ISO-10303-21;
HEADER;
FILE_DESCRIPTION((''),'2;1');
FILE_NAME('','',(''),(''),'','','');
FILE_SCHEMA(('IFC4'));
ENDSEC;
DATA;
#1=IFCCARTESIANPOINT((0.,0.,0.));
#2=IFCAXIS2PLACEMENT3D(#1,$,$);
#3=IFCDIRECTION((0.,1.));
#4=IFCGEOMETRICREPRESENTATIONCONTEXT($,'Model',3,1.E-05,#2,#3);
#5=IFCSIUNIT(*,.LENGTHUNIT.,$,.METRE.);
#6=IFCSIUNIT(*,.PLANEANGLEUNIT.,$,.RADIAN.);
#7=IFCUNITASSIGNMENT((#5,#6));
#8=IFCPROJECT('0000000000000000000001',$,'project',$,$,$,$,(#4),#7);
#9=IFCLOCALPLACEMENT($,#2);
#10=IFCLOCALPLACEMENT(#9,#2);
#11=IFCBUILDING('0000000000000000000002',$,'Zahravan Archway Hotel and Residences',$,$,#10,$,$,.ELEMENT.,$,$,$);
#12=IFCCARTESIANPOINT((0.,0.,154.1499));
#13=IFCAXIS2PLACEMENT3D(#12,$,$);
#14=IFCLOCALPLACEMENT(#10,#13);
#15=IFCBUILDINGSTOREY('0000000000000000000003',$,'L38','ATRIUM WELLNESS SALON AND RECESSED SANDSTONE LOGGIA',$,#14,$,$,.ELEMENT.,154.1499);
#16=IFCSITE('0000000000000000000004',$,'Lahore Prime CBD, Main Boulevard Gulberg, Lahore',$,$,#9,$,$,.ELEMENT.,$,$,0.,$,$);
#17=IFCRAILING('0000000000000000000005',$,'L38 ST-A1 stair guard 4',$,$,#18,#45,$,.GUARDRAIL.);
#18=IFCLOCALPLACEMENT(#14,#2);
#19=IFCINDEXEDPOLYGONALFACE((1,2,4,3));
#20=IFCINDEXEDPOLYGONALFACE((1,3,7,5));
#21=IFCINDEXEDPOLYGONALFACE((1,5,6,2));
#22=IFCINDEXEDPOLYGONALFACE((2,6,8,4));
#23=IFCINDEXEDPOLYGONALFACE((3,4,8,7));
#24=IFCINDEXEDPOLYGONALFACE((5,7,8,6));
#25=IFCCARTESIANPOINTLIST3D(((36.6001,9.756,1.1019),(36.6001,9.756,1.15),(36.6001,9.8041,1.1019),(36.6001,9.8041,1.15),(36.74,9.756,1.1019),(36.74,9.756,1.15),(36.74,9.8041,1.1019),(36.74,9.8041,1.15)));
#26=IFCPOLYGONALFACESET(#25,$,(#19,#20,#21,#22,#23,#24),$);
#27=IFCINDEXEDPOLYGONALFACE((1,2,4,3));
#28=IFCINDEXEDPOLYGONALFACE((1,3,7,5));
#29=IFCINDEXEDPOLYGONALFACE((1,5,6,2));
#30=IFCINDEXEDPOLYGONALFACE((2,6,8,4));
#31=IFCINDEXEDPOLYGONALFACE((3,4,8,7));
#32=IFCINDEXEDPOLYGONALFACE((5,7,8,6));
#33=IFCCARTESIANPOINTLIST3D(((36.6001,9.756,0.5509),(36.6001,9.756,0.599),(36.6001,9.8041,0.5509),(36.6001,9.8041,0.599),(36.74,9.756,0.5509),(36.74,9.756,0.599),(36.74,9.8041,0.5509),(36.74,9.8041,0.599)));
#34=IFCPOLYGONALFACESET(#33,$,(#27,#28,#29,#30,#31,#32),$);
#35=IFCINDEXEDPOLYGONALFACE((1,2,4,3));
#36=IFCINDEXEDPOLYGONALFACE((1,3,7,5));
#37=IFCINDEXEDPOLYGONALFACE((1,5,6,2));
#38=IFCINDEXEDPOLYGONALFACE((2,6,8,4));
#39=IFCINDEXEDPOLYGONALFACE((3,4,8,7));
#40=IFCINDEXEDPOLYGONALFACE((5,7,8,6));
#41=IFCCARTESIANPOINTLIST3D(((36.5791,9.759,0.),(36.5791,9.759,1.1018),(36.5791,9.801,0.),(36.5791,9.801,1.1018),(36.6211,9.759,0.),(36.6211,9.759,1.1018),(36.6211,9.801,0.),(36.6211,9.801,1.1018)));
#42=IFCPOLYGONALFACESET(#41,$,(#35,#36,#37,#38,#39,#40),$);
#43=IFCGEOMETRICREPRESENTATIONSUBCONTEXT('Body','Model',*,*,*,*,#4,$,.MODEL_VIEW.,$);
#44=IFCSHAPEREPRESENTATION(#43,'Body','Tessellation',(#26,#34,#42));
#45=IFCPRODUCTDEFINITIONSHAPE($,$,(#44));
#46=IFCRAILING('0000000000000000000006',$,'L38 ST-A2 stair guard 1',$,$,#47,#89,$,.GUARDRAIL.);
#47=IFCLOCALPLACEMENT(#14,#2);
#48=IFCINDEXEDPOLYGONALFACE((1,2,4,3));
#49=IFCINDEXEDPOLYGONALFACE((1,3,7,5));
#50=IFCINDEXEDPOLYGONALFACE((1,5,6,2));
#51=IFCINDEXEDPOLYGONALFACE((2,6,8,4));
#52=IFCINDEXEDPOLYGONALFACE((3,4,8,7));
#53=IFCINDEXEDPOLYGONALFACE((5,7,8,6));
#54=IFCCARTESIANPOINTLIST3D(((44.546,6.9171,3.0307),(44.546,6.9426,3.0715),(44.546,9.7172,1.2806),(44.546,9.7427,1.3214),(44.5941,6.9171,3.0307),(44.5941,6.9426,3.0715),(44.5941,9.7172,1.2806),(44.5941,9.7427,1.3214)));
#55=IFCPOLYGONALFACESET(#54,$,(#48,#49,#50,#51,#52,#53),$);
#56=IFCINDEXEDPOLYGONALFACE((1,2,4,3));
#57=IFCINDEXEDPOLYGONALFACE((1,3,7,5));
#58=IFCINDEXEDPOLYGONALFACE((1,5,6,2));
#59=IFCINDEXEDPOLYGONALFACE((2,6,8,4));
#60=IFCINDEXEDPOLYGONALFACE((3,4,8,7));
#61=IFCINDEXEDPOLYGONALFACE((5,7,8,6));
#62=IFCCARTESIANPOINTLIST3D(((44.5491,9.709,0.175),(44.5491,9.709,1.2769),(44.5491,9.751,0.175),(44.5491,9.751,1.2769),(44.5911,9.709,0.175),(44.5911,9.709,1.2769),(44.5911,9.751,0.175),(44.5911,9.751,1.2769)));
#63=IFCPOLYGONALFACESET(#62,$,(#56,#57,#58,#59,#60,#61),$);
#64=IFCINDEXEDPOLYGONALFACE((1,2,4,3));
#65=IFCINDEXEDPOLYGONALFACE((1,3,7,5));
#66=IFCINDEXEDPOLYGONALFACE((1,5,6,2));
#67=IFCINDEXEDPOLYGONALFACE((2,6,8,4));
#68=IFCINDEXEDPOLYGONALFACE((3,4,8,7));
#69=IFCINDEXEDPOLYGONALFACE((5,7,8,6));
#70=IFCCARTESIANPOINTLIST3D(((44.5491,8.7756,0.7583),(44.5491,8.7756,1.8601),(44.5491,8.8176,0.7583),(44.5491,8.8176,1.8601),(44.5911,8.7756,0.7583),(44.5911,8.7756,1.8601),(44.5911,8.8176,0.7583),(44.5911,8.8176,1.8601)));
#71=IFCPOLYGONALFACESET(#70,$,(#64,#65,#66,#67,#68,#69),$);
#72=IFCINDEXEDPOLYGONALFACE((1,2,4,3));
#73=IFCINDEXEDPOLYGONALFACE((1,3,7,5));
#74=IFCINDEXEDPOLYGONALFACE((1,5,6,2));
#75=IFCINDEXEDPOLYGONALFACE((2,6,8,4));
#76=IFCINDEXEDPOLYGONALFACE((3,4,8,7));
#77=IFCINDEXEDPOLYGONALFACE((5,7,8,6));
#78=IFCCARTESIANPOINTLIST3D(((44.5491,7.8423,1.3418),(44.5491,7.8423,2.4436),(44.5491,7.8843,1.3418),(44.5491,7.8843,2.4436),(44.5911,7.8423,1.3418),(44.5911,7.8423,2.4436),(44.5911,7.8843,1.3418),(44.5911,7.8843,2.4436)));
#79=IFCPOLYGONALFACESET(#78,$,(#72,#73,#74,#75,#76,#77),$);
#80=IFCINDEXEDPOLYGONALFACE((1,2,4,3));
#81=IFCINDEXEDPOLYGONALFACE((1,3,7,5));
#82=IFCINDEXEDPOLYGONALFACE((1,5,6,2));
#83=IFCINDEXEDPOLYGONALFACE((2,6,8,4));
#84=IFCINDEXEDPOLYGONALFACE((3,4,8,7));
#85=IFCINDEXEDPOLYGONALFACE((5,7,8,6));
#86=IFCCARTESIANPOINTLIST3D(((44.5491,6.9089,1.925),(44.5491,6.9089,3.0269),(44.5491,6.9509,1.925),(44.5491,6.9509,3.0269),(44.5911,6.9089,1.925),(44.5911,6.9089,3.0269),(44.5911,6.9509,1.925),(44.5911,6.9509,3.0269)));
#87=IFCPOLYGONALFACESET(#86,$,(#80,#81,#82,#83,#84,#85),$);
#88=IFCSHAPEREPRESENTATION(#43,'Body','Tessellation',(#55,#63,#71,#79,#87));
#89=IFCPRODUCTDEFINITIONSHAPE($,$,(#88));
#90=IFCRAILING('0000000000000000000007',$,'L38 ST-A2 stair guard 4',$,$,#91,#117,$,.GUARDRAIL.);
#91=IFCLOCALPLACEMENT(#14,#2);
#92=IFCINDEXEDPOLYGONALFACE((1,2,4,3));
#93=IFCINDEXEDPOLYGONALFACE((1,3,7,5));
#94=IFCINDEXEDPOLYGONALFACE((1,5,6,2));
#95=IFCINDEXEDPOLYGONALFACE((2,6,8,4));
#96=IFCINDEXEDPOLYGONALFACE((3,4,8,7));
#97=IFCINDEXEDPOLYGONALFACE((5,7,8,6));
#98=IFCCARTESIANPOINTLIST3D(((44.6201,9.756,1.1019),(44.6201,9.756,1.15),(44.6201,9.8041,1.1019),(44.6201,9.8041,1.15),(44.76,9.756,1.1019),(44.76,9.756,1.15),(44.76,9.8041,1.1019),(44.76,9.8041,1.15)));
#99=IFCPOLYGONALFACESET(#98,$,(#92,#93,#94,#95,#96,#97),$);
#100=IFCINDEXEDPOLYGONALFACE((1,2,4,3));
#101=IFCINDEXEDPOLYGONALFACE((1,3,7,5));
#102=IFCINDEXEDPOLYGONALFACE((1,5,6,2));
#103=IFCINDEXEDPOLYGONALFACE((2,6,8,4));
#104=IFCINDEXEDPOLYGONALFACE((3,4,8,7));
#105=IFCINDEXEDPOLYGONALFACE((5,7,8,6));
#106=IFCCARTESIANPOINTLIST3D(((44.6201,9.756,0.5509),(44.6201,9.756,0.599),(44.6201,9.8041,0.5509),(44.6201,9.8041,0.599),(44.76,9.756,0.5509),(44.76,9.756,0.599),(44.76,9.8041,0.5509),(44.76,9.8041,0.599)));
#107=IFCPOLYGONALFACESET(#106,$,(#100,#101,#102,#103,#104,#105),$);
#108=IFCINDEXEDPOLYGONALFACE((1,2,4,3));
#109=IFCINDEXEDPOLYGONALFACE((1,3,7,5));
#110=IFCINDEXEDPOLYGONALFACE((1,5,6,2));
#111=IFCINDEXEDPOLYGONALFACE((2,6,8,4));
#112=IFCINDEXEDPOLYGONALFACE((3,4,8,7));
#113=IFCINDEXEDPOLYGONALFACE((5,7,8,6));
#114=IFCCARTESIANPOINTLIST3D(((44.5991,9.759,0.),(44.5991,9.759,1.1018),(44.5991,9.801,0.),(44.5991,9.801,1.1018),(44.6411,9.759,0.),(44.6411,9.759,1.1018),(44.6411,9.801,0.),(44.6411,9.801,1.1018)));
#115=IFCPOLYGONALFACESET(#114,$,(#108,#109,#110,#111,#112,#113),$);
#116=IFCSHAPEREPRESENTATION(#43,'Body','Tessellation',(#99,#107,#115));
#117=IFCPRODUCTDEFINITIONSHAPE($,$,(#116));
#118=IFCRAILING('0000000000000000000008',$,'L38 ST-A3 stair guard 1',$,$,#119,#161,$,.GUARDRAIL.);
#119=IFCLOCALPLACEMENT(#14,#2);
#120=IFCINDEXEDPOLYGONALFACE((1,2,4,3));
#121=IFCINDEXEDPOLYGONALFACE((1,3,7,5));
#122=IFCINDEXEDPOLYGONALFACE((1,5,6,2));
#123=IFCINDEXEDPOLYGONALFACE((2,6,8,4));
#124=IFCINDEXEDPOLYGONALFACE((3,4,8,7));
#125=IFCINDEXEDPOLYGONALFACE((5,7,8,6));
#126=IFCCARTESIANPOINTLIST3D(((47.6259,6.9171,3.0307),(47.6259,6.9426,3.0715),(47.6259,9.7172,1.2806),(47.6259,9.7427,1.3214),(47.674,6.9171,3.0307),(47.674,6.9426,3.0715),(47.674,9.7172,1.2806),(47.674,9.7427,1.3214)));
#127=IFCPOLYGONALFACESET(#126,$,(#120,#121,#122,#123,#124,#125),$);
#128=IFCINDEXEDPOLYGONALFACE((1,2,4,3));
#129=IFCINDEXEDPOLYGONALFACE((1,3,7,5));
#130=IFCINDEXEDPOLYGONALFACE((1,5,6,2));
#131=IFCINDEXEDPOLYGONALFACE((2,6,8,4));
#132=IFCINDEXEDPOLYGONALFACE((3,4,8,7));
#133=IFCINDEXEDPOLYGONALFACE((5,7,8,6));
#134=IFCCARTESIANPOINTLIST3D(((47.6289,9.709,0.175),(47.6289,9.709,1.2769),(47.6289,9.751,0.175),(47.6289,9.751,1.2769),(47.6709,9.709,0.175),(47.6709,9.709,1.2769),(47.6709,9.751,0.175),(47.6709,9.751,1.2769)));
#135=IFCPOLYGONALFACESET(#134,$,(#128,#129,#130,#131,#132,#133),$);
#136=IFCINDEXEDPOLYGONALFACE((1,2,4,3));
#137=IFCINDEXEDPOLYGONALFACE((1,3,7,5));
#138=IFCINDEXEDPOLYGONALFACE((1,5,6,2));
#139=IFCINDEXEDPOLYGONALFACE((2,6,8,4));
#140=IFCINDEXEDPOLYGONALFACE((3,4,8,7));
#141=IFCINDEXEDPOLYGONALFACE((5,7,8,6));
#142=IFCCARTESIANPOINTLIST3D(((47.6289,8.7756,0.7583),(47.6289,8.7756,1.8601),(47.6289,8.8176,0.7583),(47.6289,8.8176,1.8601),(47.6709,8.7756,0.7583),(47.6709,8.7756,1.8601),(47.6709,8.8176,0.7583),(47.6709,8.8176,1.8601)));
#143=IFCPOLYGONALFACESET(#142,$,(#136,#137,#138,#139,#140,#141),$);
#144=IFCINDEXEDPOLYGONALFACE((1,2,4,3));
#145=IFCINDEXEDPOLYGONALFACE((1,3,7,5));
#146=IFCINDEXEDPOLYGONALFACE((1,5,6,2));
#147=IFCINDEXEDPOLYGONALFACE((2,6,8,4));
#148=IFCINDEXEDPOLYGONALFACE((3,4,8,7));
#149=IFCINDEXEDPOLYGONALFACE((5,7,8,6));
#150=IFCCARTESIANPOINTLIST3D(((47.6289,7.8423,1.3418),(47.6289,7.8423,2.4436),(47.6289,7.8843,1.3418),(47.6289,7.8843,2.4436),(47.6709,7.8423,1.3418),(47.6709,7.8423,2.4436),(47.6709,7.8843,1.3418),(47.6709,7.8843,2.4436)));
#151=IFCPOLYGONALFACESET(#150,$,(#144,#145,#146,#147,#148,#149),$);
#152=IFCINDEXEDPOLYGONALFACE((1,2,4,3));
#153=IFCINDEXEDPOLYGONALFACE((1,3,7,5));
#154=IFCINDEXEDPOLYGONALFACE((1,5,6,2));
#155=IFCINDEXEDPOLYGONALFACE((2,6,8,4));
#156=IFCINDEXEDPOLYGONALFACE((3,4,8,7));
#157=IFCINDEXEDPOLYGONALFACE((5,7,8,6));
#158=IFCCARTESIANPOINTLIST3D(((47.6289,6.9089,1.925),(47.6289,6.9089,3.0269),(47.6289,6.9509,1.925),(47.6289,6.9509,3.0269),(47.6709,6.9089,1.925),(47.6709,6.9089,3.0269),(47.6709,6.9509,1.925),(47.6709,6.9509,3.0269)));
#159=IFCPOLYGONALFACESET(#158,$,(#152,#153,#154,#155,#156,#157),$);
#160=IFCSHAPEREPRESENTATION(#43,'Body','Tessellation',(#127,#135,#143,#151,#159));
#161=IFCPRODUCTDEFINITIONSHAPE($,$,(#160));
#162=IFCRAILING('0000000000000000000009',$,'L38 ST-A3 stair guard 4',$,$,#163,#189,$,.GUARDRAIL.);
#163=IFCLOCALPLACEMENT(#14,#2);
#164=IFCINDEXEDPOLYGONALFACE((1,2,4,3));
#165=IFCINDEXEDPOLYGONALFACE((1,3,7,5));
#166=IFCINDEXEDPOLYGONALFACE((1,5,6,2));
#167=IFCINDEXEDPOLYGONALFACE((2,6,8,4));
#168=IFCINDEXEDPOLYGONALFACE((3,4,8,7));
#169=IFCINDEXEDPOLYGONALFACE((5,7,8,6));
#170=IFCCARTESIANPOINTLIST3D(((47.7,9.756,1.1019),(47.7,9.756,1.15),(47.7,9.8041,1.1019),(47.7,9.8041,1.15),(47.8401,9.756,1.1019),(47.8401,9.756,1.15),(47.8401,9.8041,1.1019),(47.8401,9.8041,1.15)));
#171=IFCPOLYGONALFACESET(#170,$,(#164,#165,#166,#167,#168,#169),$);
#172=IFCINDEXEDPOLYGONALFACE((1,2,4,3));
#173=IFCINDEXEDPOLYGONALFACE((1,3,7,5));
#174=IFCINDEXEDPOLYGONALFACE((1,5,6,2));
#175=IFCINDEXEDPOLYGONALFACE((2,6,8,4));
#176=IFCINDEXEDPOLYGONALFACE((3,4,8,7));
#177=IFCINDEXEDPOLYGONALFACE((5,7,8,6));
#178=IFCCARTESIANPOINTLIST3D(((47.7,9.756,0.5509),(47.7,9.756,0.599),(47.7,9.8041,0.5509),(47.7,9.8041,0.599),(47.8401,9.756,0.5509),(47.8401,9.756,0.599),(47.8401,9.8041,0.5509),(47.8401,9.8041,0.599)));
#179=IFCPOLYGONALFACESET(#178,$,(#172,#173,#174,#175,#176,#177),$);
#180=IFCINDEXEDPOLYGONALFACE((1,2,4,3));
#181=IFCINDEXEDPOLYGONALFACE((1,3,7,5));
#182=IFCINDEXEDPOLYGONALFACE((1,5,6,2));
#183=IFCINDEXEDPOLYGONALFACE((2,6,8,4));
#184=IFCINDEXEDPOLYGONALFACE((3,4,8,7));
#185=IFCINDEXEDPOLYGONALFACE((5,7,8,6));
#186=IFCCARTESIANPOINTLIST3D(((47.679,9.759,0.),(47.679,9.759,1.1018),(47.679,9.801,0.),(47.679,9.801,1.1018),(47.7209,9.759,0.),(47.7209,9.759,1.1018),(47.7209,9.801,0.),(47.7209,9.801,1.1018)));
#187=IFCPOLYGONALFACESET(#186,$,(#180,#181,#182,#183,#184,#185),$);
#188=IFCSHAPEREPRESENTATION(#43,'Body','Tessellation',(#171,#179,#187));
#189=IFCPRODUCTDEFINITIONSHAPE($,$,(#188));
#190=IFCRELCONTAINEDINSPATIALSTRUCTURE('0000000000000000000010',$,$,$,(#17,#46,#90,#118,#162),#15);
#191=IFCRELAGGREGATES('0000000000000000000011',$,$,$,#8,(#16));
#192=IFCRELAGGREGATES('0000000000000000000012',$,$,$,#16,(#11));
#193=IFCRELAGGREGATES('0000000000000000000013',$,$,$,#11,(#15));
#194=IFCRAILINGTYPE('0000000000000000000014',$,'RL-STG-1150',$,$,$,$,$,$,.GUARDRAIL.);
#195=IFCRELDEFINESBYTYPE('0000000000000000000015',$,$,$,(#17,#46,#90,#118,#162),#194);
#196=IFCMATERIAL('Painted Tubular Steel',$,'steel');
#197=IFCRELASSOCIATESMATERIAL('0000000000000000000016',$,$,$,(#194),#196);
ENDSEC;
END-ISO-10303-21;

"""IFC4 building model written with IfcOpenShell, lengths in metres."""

from ifc_helpers import new_model, si_unit, direction, frame, origin, origin_2d, place, context, subcontext, project, spatial, rectangle, extrude, material, type_object, element, save


model = new_model("IFC4")

# Units and contexts
model_context = context("Model", 3, precision=1e-05, world=origin(), true_north=direction((0.0, 1.0)))
body_context = subcontext(model_context, "Body", "Model", "MODEL_VIEW")
ifc_project = project(units=[si_unit("LENGTHUNIT", "METRE"), si_unit("PLANEANGLEUNIT", "RADIAN")], contexts=[model_context])

# Site, building, storey
site_placement = place(None, origin())
site = spatial("IfcSite", under=ifc_project, at=site_placement, Name="Lahore Prime CBD, Main Boulevard Gulberg, Lahore", CompositionType="ELEMENT", RefElevation=0.0)
building_placement = place(site_placement, origin())
building = spatial("IfcBuilding", under=site, at=building_placement, Name="Zahravan Archway Hotel and Residences", CompositionType="ELEMENT")
storey_placement = place(building_placement, frame((0.0, 0.0, 154.1499)))
storey = spatial("IfcBuildingStorey", under=building, at=storey_placement, Name="L38", Description="ATRIUM WELLNESS SALON AND RECESSED SANDSTONE LOGGIA", CompositionType="ELEMENT", Elevation=154.1499)

# Railings
ifc_material_1 = material(Name="Painted Tubular Steel", Category="steel")
railing_type_1 = type_object("IfcRailingType", Name="RL-STG-1150", PredefinedType="GUARDRAIL", material=ifc_material_1)
railing_1_placement = place(storey_placement, frame((36.6001, 9.78, 0.0)))
element("IfcRailing", 1, at=railing_1_placement, inside=storey, type_object=railing_type_1, Name="L38 ST-A1 stair guard 4", PredefinedType="GUARDRAIL", context=body_context, shape_type="SweptSolid", body=[
    extrude(rectangle(XDim=0.0481, YDim=0.0481, at=origin_2d()), frame((0.0, 0.0, 1.126), z_axis=(1.0, 0.0, 0.0), x_axis=(0.0, 1.0, 0.0)), (0.0, 0.0, 1.0), 0.1399),
    extrude(rectangle(XDim=0.0481, YDim=0.0481, at=origin_2d()), frame((0.0, 0.0, 0.575), z_axis=(1.0, 0.0, 0.0), x_axis=(0.0, 1.0, 0.0)), (0.0, 0.0, 1.0), 0.1399),
    extrude(rectangle(XDim=0.042, YDim=0.042, at=origin_2d()), origin(), (0.0, 0.0, 1.0), 1.1018),
])
railing_2_placement = place(storey_placement, frame((44.5701, 9.73, 0.175)))
element("IfcRailing", 2, at=railing_2_placement, inside=storey, type_object=railing_type_1, Name="L38 ST-A2 stair guard 1", PredefinedType="GUARDRAIL", context=body_context, shape_type="SweptSolid", body=[
    extrude(rectangle(XDim=0.0481, YDim=0.0481, at=origin_2d()), frame((0.0, 0.0, 1.126), z_axis=(0.0, -0.848002, 0.529992), x_axis=(1.0, 0.0, 0.0)), (0.0, 0.0, 1.0), 3.302),
    extrude(rectangle(XDim=0.042, YDim=0.042, at=origin_2d()), origin(), (0.0, 0.0, 1.0), 1.1018),
    extrude(rectangle(XDim=0.042, YDim=0.042, at=origin_2d()), frame((0.0, -0.9333, 0.5833)), (0.0, 0.0, 1.0), 1.1018),
    extrude(rectangle(XDim=0.042, YDim=0.042, at=origin_2d()), frame((0.0, -1.8667, 1.1667)), (0.0, 0.0, 1.0), 1.1018),
    extrude(rectangle(XDim=0.042, YDim=0.042, at=origin_2d()), frame((0.0, -2.8, 1.75)), (0.0, 0.0, 1.0), 1.1018),
])
railing_3_placement = place(storey_placement, frame((44.6201, 9.78, 0.0)))
element("IfcRailing", 3, at=railing_3_placement, inside=storey, type_object=railing_type_1, Name="L38 ST-A2 stair guard 4", PredefinedType="GUARDRAIL", context=body_context, shape_type="SweptSolid", body=[
    extrude(rectangle(XDim=0.0481, YDim=0.0481, at=origin_2d()), frame((0.0, 0.0, 1.126), z_axis=(1.0, 0.0, 0.0), x_axis=(0.0, 1.0, 0.0)), (0.0, 0.0, 1.0), 0.1399),
    extrude(rectangle(XDim=0.0481, YDim=0.0481, at=origin_2d()), frame((0.0, 0.0, 0.575), z_axis=(1.0, 0.0, 0.0), x_axis=(0.0, 1.0, 0.0)), (0.0, 0.0, 1.0), 0.1399),
    extrude(rectangle(XDim=0.042, YDim=0.042, at=origin_2d()), origin(), (0.0, 0.0, 1.0), 1.1018),
])
railing_4_placement = place(storey_placement, frame((47.6499, 9.73, 0.175)))
element("IfcRailing", 4, at=railing_4_placement, inside=storey, type_object=railing_type_1, Name="L38 ST-A3 stair guard 1", PredefinedType="GUARDRAIL", context=body_context, shape_type="SweptSolid", body=[
    extrude(rectangle(XDim=0.0481, YDim=0.0481, at=origin_2d()), frame((0.0, 0.0, 1.126), z_axis=(0.0, -0.848002, 0.529992), x_axis=(1.0, 0.0, 0.0)), (0.0, 0.0, 1.0), 3.302),
    extrude(rectangle(XDim=0.042, YDim=0.042, at=origin_2d()), origin(), (0.0, 0.0, 1.0), 1.1018),
    extrude(rectangle(XDim=0.042, YDim=0.042, at=origin_2d()), frame((0.0, -0.9333, 0.5833)), (0.0, 0.0, 1.0), 1.1018),
    extrude(rectangle(XDim=0.042, YDim=0.042, at=origin_2d()), frame((0.0, -1.8667, 1.1667)), (0.0, 0.0, 1.0), 1.1018),
    extrude(rectangle(XDim=0.042, YDim=0.042, at=origin_2d()), frame((0.0, -2.8, 1.75)), (0.0, 0.0, 1.0), 1.1018),
])
railing_5_placement = place(storey_placement, frame((47.7, 9.78, 0.0)))
element("IfcRailing", 5, at=railing_5_placement, inside=storey, type_object=railing_type_1, Name="L38 ST-A3 stair guard 4", PredefinedType="GUARDRAIL", context=body_context, shape_type="SweptSolid", body=[
    extrude(rectangle(XDim=0.0481, YDim=0.0481, at=origin_2d()), frame((0.0, 0.0, 1.126), z_axis=(1.0, 0.0, 0.0), x_axis=(0.0, 1.0, 0.0)), (0.0, 0.0, 1.0), 0.1401),
    extrude(rectangle(XDim=0.0481, YDim=0.0481, at=origin_2d()), frame((0.0, 0.0, 0.575), z_axis=(1.0, 0.0, 0.0), x_axis=(0.0, 1.0, 0.0)), (0.0, 0.0, 1.0), 0.1401),
    extrude(rectangle(XDim=0.042, YDim=0.042, at=origin_2d()), origin(), (0.0, 0.0, 1.0), 1.1018),
])

save(model, "model.ifc")
